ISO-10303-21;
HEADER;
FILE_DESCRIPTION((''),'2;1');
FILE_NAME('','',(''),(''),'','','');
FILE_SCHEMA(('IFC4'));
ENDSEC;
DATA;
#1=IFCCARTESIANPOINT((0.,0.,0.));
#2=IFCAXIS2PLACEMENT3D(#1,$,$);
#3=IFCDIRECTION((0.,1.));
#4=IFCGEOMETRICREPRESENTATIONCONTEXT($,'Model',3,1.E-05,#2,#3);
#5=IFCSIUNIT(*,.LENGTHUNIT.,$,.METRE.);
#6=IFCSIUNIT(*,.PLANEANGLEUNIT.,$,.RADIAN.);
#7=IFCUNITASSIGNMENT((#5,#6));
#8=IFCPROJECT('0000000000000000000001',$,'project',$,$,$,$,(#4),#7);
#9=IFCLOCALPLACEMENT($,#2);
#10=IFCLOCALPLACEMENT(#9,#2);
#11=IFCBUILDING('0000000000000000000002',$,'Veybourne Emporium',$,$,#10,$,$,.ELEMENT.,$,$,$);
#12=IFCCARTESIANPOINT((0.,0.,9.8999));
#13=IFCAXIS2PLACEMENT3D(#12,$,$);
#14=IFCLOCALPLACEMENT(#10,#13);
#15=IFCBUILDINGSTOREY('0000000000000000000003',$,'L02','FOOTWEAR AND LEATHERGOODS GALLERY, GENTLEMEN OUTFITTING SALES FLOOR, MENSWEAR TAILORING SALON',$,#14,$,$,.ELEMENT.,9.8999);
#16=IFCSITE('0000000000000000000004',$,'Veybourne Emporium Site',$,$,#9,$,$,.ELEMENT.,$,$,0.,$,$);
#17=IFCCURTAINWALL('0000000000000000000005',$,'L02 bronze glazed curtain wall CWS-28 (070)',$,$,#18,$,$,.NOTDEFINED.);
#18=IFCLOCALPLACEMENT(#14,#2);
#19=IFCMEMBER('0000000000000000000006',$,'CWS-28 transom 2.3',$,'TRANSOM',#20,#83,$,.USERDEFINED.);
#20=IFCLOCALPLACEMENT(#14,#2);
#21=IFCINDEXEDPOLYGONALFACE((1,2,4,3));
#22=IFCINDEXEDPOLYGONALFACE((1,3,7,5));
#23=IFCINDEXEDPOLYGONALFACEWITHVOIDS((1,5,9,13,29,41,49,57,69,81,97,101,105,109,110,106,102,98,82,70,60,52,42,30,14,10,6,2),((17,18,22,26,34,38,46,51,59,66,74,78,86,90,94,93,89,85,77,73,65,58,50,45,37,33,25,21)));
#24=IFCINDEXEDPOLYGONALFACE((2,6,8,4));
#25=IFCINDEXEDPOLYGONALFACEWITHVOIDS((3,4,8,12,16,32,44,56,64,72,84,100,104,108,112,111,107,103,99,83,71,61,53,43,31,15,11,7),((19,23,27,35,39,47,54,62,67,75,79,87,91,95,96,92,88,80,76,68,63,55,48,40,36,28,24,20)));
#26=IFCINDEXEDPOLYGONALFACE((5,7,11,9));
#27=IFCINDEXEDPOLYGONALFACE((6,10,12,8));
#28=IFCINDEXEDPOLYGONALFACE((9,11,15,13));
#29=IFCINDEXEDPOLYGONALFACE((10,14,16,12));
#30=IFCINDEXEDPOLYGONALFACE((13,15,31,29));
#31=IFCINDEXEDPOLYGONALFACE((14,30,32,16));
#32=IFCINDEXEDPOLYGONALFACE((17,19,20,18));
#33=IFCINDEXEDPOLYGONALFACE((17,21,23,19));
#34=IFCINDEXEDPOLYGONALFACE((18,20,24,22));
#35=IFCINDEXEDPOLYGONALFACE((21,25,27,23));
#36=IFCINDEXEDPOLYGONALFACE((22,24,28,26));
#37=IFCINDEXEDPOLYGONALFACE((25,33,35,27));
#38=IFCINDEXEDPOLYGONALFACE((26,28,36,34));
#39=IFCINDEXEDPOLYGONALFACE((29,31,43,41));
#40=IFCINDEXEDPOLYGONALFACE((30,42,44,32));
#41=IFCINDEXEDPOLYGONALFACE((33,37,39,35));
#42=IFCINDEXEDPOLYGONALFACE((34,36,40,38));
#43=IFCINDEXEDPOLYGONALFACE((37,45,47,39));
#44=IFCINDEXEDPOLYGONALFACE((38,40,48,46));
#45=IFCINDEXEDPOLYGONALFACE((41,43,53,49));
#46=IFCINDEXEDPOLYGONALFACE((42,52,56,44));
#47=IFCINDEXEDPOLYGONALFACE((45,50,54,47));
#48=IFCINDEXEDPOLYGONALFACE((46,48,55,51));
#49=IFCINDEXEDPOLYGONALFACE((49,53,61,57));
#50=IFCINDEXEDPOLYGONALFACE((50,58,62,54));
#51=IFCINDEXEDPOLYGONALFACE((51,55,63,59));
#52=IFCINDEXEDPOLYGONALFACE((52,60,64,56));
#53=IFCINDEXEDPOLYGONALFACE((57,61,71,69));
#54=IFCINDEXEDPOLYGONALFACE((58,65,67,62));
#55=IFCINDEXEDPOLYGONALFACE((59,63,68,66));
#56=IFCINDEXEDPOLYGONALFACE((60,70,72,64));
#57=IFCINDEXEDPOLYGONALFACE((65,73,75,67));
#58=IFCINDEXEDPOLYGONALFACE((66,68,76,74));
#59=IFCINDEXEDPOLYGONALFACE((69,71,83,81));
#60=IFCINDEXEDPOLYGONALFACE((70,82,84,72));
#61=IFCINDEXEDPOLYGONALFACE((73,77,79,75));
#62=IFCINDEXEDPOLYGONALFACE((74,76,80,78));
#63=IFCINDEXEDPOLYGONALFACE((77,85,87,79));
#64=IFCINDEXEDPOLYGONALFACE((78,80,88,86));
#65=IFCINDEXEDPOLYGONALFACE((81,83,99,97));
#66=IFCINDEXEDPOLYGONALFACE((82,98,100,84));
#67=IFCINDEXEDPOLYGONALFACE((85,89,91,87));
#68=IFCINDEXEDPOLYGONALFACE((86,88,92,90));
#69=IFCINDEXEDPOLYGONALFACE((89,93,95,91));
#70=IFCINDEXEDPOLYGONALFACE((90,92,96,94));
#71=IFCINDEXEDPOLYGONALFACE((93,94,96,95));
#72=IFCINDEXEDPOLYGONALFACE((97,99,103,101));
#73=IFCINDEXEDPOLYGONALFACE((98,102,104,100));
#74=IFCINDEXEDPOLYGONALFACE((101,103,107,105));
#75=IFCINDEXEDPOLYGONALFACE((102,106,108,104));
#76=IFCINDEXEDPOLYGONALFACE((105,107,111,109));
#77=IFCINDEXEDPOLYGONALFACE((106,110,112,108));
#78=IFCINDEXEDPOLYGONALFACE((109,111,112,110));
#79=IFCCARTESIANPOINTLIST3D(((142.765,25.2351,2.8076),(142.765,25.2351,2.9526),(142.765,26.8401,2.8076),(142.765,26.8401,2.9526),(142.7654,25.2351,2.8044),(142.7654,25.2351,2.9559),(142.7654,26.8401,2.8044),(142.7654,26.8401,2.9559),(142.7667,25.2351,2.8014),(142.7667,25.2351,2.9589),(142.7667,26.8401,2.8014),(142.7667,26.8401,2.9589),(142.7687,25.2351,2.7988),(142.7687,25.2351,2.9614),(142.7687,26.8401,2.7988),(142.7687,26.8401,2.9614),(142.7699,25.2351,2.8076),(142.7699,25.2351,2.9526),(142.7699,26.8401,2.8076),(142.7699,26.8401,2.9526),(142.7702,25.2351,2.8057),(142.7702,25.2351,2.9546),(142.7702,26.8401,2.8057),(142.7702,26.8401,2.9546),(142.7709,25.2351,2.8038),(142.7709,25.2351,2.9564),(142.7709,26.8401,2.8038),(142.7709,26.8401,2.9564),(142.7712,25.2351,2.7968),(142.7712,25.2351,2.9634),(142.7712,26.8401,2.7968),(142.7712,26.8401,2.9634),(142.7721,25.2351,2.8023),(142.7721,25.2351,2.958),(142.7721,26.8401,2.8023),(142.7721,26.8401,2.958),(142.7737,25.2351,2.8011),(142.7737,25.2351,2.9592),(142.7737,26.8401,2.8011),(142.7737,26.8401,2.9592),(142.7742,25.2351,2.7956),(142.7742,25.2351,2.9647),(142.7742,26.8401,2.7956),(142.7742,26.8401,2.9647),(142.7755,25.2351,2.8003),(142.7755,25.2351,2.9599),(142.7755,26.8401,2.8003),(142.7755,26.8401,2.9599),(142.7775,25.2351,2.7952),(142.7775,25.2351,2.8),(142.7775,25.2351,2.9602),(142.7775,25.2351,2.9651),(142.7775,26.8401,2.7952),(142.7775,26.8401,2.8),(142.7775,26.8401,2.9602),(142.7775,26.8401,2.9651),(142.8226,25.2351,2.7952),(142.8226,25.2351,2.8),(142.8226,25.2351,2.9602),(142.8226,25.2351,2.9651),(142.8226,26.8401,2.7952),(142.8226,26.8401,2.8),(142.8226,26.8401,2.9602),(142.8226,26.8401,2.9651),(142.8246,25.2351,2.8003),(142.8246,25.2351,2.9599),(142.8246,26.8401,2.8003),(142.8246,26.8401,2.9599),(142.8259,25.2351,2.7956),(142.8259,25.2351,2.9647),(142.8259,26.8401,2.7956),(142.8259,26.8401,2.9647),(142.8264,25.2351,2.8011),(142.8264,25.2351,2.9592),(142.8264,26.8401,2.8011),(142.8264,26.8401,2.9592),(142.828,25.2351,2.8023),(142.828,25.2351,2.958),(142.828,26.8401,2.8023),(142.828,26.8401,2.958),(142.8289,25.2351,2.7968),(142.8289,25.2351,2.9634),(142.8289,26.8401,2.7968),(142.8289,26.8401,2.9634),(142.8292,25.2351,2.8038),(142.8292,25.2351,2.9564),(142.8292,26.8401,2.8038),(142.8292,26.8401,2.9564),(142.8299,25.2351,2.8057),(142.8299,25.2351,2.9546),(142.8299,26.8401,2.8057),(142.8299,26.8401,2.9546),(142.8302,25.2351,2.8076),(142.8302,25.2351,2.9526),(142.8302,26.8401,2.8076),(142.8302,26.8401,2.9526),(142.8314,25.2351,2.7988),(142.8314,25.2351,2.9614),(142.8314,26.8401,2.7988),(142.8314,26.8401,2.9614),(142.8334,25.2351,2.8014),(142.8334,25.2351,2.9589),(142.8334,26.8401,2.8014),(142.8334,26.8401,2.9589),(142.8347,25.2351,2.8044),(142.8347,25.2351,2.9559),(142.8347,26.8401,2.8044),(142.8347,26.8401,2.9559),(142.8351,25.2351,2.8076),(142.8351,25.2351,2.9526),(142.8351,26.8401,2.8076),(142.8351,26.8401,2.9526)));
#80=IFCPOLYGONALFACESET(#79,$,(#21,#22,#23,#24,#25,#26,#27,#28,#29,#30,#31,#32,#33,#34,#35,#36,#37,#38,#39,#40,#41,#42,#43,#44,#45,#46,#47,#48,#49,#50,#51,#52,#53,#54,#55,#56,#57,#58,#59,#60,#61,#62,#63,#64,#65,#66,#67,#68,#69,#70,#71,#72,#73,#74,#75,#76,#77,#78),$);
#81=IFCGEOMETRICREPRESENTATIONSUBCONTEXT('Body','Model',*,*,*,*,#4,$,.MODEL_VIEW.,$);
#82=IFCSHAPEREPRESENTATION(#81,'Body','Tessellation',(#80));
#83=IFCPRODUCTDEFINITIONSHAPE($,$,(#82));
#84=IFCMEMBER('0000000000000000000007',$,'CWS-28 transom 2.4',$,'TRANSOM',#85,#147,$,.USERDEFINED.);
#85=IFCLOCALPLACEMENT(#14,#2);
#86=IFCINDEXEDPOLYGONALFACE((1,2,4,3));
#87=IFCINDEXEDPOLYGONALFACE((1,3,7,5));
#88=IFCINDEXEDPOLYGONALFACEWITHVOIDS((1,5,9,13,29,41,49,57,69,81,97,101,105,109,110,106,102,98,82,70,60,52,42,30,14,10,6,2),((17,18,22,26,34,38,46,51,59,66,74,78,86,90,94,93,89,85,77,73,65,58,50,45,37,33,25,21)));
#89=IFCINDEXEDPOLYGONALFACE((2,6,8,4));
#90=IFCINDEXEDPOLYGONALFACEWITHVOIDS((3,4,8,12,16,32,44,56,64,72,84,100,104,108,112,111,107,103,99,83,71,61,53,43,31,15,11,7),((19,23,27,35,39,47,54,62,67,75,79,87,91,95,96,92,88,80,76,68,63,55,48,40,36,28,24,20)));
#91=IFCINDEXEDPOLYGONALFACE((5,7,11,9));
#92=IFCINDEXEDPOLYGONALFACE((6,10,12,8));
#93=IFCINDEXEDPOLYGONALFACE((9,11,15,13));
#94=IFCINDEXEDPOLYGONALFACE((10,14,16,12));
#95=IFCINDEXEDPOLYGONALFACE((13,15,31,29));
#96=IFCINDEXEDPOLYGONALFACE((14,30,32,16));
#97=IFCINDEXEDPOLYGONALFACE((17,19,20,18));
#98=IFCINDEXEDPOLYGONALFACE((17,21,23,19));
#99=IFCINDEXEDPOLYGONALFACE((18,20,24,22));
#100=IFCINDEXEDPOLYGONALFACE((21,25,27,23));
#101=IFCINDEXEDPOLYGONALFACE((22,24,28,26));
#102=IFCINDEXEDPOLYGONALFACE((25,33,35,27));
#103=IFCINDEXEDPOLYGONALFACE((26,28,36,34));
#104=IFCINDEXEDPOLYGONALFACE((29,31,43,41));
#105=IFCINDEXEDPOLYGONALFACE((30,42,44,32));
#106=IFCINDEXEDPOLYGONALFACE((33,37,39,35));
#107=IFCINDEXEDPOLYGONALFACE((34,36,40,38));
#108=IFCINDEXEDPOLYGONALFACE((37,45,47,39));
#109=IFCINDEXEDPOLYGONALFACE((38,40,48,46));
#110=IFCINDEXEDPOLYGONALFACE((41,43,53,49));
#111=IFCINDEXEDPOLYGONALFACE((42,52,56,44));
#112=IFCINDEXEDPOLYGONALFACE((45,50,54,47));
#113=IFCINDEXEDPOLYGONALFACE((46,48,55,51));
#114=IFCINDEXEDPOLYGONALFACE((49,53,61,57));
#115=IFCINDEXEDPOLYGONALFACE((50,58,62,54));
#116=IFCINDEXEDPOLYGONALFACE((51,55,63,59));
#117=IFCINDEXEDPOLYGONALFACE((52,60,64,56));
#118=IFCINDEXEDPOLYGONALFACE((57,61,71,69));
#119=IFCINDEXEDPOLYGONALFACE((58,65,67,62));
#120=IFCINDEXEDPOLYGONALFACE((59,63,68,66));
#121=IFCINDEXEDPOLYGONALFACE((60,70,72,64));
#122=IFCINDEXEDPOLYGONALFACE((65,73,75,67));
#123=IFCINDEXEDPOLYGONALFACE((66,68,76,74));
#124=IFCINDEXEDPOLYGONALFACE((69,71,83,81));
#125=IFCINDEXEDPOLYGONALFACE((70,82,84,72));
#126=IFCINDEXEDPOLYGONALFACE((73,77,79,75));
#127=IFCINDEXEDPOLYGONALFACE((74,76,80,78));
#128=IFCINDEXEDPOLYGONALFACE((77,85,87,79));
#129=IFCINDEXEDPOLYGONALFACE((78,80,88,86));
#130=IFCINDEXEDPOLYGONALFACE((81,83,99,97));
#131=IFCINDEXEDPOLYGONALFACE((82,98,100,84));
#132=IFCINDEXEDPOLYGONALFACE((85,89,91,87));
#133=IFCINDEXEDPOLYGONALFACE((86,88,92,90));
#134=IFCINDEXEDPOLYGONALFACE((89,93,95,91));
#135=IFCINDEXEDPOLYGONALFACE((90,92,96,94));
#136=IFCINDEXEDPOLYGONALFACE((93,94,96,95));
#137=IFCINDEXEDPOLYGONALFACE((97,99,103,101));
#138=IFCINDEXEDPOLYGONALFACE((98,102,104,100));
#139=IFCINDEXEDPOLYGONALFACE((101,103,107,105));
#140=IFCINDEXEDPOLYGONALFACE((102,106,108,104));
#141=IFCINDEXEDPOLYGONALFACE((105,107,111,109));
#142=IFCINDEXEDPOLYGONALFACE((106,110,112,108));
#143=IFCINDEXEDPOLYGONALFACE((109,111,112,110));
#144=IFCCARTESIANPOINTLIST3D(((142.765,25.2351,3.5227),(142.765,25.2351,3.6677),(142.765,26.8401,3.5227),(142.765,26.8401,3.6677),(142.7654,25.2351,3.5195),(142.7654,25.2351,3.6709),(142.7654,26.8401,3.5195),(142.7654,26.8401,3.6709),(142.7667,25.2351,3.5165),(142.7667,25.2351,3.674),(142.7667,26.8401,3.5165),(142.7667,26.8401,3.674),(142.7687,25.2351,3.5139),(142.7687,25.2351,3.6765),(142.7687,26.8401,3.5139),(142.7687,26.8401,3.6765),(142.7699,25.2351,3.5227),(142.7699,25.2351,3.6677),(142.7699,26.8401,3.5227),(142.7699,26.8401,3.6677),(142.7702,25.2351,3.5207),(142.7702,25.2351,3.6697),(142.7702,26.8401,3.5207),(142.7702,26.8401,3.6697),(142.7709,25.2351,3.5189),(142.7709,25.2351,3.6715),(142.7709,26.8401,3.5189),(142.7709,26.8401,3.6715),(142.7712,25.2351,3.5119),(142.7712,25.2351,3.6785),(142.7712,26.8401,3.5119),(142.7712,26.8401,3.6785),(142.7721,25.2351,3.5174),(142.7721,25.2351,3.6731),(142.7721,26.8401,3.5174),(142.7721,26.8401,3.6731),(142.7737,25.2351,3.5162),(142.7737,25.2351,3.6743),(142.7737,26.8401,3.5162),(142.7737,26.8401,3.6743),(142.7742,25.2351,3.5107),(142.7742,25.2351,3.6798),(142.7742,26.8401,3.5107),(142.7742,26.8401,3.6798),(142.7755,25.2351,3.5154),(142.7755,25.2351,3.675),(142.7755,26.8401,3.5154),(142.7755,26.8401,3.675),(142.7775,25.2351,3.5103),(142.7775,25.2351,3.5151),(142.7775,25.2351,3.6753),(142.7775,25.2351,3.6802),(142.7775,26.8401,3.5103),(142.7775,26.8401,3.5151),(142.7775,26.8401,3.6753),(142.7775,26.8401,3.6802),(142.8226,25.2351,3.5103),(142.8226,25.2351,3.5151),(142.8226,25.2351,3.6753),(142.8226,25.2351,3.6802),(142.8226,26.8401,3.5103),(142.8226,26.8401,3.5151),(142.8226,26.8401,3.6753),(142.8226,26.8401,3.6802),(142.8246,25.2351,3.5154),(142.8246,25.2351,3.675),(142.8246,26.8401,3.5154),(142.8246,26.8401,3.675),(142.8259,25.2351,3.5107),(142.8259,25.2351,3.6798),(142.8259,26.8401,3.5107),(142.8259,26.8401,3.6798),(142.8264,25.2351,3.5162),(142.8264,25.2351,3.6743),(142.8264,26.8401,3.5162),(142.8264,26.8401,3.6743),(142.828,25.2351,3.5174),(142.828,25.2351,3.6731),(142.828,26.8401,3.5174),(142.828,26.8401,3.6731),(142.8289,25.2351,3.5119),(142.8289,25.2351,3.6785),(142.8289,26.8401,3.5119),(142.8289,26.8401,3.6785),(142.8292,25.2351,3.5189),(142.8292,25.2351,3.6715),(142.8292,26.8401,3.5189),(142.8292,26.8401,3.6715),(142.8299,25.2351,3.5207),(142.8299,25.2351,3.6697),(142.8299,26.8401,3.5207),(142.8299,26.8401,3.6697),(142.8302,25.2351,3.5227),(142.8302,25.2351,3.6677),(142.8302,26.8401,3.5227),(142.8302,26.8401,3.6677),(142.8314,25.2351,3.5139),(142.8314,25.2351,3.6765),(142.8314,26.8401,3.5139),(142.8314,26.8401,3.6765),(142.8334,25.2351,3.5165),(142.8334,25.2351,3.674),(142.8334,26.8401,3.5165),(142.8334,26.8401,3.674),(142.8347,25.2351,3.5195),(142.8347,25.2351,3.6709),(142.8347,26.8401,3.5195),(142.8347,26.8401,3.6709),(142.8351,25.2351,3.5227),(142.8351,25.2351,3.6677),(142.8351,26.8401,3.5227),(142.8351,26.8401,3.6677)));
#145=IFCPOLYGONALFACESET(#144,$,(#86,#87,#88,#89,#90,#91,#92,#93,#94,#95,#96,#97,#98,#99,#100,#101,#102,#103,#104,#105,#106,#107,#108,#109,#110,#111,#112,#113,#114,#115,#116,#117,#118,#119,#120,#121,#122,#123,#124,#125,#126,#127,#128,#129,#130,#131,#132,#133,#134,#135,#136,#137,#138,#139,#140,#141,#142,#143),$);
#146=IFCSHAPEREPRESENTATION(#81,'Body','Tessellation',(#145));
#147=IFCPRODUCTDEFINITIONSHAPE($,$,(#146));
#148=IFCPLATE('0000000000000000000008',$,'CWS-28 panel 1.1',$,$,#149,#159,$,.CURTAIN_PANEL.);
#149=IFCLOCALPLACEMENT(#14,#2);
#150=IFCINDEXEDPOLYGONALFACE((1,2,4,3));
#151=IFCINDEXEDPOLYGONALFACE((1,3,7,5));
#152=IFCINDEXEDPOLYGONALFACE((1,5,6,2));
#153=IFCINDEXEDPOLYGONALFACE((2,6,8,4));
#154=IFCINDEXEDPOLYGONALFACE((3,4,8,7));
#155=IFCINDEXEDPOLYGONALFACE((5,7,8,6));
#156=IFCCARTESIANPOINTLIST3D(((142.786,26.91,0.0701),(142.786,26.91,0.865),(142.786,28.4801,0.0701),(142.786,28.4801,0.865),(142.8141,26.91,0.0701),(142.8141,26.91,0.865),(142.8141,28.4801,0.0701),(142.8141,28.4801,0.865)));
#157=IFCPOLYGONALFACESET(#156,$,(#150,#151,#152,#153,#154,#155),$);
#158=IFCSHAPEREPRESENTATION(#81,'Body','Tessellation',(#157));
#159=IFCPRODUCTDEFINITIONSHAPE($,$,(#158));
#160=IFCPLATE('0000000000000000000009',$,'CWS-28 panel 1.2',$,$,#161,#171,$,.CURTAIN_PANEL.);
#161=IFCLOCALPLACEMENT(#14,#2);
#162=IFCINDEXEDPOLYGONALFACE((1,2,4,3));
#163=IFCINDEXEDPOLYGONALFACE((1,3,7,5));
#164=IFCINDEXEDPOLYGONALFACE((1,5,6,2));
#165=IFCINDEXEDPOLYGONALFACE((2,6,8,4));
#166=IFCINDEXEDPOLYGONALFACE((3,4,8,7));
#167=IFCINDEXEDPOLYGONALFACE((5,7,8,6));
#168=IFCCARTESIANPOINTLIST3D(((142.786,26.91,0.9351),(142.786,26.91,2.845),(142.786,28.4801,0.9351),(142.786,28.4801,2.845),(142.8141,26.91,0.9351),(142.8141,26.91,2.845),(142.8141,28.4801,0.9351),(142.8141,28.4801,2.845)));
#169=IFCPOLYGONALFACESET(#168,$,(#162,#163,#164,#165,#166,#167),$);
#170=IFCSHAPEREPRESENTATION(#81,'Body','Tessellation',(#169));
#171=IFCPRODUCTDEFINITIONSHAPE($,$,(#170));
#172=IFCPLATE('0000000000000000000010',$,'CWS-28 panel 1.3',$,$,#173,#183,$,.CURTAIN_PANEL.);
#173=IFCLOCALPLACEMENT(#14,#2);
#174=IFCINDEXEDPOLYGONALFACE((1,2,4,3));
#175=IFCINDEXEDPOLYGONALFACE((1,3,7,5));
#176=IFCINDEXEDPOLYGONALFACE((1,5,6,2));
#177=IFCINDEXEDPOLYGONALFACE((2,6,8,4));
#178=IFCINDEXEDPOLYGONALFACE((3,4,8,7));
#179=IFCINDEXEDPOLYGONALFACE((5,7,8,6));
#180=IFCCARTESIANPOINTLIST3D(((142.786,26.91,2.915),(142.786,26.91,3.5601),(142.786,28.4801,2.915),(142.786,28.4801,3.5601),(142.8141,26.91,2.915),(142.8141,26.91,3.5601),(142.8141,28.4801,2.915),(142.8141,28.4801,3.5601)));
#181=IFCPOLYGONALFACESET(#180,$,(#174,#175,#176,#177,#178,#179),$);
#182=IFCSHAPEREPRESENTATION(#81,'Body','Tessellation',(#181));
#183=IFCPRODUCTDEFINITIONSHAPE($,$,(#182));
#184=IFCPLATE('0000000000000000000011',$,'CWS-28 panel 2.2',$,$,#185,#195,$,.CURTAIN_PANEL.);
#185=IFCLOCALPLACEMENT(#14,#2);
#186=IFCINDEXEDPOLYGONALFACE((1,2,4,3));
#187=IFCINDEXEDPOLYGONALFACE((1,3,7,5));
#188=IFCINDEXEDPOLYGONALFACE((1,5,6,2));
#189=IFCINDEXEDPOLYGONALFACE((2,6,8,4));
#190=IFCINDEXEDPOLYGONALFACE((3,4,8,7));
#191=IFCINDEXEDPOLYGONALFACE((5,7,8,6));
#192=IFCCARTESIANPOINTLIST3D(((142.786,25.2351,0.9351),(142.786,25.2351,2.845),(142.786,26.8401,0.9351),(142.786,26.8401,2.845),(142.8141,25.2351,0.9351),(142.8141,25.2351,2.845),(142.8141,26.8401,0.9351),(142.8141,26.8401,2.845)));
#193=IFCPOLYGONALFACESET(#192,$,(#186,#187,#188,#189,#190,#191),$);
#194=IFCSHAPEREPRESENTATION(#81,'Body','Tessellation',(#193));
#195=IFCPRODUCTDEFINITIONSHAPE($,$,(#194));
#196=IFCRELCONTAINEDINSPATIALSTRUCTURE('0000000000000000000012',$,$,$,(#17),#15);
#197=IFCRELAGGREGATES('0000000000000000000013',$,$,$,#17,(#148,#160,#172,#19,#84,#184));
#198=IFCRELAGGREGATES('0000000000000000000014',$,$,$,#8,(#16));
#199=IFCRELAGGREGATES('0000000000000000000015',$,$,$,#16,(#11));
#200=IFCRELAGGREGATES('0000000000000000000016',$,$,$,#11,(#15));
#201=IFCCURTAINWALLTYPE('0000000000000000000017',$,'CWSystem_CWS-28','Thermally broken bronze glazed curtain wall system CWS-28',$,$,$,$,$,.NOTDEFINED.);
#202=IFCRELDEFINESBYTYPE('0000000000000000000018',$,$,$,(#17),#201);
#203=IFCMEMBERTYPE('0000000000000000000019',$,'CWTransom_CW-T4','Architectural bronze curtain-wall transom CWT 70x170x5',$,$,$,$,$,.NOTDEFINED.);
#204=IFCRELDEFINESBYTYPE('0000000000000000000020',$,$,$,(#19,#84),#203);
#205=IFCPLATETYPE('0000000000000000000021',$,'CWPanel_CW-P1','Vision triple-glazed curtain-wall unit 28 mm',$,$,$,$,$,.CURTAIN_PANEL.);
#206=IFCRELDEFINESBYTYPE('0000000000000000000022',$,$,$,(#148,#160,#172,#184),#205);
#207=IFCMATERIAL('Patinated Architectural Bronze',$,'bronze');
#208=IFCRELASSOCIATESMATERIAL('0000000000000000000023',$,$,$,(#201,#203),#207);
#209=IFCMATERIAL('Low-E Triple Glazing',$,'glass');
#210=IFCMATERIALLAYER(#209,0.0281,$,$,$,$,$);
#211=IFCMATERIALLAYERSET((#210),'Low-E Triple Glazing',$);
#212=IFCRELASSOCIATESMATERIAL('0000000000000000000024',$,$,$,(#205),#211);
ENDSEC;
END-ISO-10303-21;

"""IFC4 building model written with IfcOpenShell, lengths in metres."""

from ifc_helpers import new_model, si_unit, direction, frame, origin, origin_2d, place, context, subcontext, project, spatial, rectangle, hollow_rectangle, extrude, material, layer, layer_set, material_profile, profile_set, type_object, element, aggregate, save


model = new_model("IFC4")

# Units and contexts
model_context = context("Model", 3, precision=1e-05, world=origin(), true_north=direction((0.0, 1.0)))
body_context = subcontext(model_context, "Body", "Model", "MODEL_VIEW")
ifc_project = project(units=[si_unit("LENGTHUNIT", "METRE"), si_unit("PLANEANGLEUNIT", "RADIAN")], contexts=[model_context])

# Site, building, storey
site_placement = place(None, origin())
site = spatial("IfcSite", under=ifc_project, at=site_placement, Name="Veybourne Emporium Site", CompositionType="ELEMENT", RefElevation=0.0)
building_placement = place(site_placement, origin())
building = spatial("IfcBuilding", under=site, at=building_placement, Name="Veybourne Emporium", CompositionType="ELEMENT")
storey_placement = place(building_placement, frame((0.0, 0.0, 9.8999)))
storey = spatial("IfcBuildingStorey", under=building, at=storey_placement, Name="L02", Description="FOOTWEAR AND LEATHERGOODS GALLERY, GENTLEMEN OUTFITTING SALES FLOOR, MENSWEAR TAILORING SALON", CompositionType="ELEMENT", Elevation=9.8999)

# Curtain wall, members, plates
ifc_material_1 = material(Name="Patinated Architectural Bronze", Category="bronze")
curtain_wall_type = type_object("IfcCurtainWallType", Name="CWSystem_CWS-28", Description="Thermally broken bronze glazed curtain wall system CWS-28", PredefinedType="NOTDEFINED", material=ifc_material_1)
curtain_wall_placement = place(storey_placement, origin())
curtain_wall = element("IfcCurtainWall", 1, at=curtain_wall_placement, inside=storey, type_object=curtain_wall_type, Name="L02 bronze glazed curtain wall CWS-28 (070)", PredefinedType="NOTDEFINED")
ifc_material_profile_1 = material_profile(ifc_material_1, hollow_rectangle(XDim=0.0701, YDim=0.1699, WallThickness=0.0049, InnerFilletRadius=0.0076, OuterFilletRadius=0.0125, at=origin_2d()), Name="CWT 70x170x5")
ifc_profile_set_1 = profile_set([ifc_material_profile_1], Name="Patinated Architectural Bronze")
member_type_1 = type_object("IfcMemberType", Name="CWTransom_CW-T4", Description="Architectural bronze curtain-wall transom CWT 70x170x5", PredefinedType="NOTDEFINED", material=ifc_profile_set_1)
member_1_placement = place(storey_placement, frame((142.8, 26.8401, 2.8801), z_axis=(0.0, -1.0, 0.0), x_axis=(1.0, 0.0, 0.0)))
member_1 = element("IfcMember", 2, at=member_1_placement, type_object=member_type_1, Name="CWS-28 transom 2.3", ObjectType="TRANSOM", PredefinedType="USERDEFINED", context=body_context, shape_type="SweptSolid", body=[
    extrude(hollow_rectangle(XDim=0.0701, YDim=0.1699, WallThickness=0.0049, InnerFilletRadius=0.0076, OuterFilletRadius=0.0125, at=origin_2d()), origin(), (0.0, 0.0, 1.0), 1.605),
])
member_2_placement = place(storey_placement, frame((142.8, 26.8401, 3.5952), z_axis=(0.0, -1.0, 0.0), x_axis=(1.0, 0.0, 0.0)))
member_2 = element("IfcMember", 3, at=member_2_placement, type_object=member_type_1, Name="CWS-28 transom 2.4", ObjectType="TRANSOM", PredefinedType="USERDEFINED", context=body_context, shape_type="SweptSolid", body=[
    extrude(hollow_rectangle(XDim=0.0701, YDim=0.1699, WallThickness=0.0049, InnerFilletRadius=0.0076, OuterFilletRadius=0.0125, at=origin_2d()), origin(), (0.0, 0.0, 1.0), 1.605),
])
ifc_material_2 = material(Name="Low-E Triple Glazing", Category="glass")
ifc_layer_1 = layer(ifc_material_2, 0.0281)
ifc_layer_set_1 = layer_set([ifc_layer_1], Name="Low-E Triple Glazing")
plate_type = type_object("IfcPlateType", Name="CWPanel_CW-P1", Description="Vision triple-glazed curtain-wall unit 28 mm", PredefinedType="CURTAIN_PANEL", material=ifc_layer_set_1)
plate_1_placement = place(storey_placement, frame((142.8, 27.6951, 0.0701), z_axis=(0.0, 0.0, 1.0), x_axis=(0.0, -1.0, 0.0)))
plate_1 = element("IfcPlate", 4, at=plate_1_placement, type_object=plate_type, Name="CWS-28 panel 1.1", PredefinedType="CURTAIN_PANEL", context=body_context, shape_type="SweptSolid", body=[
    extrude(rectangle(XDim=1.5701, YDim=0.0281, at=origin_2d()), origin(), (0.0, 0.0, 1.0), 0.7949),
])
plate_2_placement = place(storey_placement, frame((142.8, 27.6951, 0.9351), z_axis=(0.0, 0.0, 1.0), x_axis=(0.0, -1.0, 0.0)))
plate_2 = element("IfcPlate", 5, at=plate_2_placement, type_object=plate_type, Name="CWS-28 panel 1.2", PredefinedType="CURTAIN_PANEL", context=body_context, shape_type="SweptSolid", body=[
    extrude(rectangle(XDim=1.5701, YDim=0.0281, at=origin_2d()), origin(), (0.0, 0.0, 1.0), 1.9099),
])
plate_3_placement = place(storey_placement, frame((142.8, 27.6951, 2.915), z_axis=(0.0, 0.0, 1.0), x_axis=(0.0, -1.0, 0.0)))
plate_3 = element("IfcPlate", 6, at=plate_3_placement, type_object=plate_type, Name="CWS-28 panel 1.3", PredefinedType="CURTAIN_PANEL", context=body_context, shape_type="SweptSolid", body=[
    extrude(rectangle(XDim=1.5701, YDim=0.0281, at=origin_2d()), origin(), (0.0, 0.0, 1.0), 0.645),
])
plate_4_placement = place(storey_placement, frame((142.8, 26.0376, 0.9351), z_axis=(0.0, 0.0, 1.0), x_axis=(0.0, -1.0, 0.0)))
plate_4 = element("IfcPlate", 7, at=plate_4_placement, type_object=plate_type, Name="CWS-28 panel 2.2", PredefinedType="CURTAIN_PANEL", context=body_context, shape_type="SweptSolid", body=[
    extrude(rectangle(XDim=1.605, YDim=0.0281, at=origin_2d()), origin(), (0.0, 0.0, 1.0), 1.9099),
])
aggregate(curtain_wall, [plate_1, plate_2, plate_3, member_1, member_2, plate_4])

save(model, "model.ifc")
